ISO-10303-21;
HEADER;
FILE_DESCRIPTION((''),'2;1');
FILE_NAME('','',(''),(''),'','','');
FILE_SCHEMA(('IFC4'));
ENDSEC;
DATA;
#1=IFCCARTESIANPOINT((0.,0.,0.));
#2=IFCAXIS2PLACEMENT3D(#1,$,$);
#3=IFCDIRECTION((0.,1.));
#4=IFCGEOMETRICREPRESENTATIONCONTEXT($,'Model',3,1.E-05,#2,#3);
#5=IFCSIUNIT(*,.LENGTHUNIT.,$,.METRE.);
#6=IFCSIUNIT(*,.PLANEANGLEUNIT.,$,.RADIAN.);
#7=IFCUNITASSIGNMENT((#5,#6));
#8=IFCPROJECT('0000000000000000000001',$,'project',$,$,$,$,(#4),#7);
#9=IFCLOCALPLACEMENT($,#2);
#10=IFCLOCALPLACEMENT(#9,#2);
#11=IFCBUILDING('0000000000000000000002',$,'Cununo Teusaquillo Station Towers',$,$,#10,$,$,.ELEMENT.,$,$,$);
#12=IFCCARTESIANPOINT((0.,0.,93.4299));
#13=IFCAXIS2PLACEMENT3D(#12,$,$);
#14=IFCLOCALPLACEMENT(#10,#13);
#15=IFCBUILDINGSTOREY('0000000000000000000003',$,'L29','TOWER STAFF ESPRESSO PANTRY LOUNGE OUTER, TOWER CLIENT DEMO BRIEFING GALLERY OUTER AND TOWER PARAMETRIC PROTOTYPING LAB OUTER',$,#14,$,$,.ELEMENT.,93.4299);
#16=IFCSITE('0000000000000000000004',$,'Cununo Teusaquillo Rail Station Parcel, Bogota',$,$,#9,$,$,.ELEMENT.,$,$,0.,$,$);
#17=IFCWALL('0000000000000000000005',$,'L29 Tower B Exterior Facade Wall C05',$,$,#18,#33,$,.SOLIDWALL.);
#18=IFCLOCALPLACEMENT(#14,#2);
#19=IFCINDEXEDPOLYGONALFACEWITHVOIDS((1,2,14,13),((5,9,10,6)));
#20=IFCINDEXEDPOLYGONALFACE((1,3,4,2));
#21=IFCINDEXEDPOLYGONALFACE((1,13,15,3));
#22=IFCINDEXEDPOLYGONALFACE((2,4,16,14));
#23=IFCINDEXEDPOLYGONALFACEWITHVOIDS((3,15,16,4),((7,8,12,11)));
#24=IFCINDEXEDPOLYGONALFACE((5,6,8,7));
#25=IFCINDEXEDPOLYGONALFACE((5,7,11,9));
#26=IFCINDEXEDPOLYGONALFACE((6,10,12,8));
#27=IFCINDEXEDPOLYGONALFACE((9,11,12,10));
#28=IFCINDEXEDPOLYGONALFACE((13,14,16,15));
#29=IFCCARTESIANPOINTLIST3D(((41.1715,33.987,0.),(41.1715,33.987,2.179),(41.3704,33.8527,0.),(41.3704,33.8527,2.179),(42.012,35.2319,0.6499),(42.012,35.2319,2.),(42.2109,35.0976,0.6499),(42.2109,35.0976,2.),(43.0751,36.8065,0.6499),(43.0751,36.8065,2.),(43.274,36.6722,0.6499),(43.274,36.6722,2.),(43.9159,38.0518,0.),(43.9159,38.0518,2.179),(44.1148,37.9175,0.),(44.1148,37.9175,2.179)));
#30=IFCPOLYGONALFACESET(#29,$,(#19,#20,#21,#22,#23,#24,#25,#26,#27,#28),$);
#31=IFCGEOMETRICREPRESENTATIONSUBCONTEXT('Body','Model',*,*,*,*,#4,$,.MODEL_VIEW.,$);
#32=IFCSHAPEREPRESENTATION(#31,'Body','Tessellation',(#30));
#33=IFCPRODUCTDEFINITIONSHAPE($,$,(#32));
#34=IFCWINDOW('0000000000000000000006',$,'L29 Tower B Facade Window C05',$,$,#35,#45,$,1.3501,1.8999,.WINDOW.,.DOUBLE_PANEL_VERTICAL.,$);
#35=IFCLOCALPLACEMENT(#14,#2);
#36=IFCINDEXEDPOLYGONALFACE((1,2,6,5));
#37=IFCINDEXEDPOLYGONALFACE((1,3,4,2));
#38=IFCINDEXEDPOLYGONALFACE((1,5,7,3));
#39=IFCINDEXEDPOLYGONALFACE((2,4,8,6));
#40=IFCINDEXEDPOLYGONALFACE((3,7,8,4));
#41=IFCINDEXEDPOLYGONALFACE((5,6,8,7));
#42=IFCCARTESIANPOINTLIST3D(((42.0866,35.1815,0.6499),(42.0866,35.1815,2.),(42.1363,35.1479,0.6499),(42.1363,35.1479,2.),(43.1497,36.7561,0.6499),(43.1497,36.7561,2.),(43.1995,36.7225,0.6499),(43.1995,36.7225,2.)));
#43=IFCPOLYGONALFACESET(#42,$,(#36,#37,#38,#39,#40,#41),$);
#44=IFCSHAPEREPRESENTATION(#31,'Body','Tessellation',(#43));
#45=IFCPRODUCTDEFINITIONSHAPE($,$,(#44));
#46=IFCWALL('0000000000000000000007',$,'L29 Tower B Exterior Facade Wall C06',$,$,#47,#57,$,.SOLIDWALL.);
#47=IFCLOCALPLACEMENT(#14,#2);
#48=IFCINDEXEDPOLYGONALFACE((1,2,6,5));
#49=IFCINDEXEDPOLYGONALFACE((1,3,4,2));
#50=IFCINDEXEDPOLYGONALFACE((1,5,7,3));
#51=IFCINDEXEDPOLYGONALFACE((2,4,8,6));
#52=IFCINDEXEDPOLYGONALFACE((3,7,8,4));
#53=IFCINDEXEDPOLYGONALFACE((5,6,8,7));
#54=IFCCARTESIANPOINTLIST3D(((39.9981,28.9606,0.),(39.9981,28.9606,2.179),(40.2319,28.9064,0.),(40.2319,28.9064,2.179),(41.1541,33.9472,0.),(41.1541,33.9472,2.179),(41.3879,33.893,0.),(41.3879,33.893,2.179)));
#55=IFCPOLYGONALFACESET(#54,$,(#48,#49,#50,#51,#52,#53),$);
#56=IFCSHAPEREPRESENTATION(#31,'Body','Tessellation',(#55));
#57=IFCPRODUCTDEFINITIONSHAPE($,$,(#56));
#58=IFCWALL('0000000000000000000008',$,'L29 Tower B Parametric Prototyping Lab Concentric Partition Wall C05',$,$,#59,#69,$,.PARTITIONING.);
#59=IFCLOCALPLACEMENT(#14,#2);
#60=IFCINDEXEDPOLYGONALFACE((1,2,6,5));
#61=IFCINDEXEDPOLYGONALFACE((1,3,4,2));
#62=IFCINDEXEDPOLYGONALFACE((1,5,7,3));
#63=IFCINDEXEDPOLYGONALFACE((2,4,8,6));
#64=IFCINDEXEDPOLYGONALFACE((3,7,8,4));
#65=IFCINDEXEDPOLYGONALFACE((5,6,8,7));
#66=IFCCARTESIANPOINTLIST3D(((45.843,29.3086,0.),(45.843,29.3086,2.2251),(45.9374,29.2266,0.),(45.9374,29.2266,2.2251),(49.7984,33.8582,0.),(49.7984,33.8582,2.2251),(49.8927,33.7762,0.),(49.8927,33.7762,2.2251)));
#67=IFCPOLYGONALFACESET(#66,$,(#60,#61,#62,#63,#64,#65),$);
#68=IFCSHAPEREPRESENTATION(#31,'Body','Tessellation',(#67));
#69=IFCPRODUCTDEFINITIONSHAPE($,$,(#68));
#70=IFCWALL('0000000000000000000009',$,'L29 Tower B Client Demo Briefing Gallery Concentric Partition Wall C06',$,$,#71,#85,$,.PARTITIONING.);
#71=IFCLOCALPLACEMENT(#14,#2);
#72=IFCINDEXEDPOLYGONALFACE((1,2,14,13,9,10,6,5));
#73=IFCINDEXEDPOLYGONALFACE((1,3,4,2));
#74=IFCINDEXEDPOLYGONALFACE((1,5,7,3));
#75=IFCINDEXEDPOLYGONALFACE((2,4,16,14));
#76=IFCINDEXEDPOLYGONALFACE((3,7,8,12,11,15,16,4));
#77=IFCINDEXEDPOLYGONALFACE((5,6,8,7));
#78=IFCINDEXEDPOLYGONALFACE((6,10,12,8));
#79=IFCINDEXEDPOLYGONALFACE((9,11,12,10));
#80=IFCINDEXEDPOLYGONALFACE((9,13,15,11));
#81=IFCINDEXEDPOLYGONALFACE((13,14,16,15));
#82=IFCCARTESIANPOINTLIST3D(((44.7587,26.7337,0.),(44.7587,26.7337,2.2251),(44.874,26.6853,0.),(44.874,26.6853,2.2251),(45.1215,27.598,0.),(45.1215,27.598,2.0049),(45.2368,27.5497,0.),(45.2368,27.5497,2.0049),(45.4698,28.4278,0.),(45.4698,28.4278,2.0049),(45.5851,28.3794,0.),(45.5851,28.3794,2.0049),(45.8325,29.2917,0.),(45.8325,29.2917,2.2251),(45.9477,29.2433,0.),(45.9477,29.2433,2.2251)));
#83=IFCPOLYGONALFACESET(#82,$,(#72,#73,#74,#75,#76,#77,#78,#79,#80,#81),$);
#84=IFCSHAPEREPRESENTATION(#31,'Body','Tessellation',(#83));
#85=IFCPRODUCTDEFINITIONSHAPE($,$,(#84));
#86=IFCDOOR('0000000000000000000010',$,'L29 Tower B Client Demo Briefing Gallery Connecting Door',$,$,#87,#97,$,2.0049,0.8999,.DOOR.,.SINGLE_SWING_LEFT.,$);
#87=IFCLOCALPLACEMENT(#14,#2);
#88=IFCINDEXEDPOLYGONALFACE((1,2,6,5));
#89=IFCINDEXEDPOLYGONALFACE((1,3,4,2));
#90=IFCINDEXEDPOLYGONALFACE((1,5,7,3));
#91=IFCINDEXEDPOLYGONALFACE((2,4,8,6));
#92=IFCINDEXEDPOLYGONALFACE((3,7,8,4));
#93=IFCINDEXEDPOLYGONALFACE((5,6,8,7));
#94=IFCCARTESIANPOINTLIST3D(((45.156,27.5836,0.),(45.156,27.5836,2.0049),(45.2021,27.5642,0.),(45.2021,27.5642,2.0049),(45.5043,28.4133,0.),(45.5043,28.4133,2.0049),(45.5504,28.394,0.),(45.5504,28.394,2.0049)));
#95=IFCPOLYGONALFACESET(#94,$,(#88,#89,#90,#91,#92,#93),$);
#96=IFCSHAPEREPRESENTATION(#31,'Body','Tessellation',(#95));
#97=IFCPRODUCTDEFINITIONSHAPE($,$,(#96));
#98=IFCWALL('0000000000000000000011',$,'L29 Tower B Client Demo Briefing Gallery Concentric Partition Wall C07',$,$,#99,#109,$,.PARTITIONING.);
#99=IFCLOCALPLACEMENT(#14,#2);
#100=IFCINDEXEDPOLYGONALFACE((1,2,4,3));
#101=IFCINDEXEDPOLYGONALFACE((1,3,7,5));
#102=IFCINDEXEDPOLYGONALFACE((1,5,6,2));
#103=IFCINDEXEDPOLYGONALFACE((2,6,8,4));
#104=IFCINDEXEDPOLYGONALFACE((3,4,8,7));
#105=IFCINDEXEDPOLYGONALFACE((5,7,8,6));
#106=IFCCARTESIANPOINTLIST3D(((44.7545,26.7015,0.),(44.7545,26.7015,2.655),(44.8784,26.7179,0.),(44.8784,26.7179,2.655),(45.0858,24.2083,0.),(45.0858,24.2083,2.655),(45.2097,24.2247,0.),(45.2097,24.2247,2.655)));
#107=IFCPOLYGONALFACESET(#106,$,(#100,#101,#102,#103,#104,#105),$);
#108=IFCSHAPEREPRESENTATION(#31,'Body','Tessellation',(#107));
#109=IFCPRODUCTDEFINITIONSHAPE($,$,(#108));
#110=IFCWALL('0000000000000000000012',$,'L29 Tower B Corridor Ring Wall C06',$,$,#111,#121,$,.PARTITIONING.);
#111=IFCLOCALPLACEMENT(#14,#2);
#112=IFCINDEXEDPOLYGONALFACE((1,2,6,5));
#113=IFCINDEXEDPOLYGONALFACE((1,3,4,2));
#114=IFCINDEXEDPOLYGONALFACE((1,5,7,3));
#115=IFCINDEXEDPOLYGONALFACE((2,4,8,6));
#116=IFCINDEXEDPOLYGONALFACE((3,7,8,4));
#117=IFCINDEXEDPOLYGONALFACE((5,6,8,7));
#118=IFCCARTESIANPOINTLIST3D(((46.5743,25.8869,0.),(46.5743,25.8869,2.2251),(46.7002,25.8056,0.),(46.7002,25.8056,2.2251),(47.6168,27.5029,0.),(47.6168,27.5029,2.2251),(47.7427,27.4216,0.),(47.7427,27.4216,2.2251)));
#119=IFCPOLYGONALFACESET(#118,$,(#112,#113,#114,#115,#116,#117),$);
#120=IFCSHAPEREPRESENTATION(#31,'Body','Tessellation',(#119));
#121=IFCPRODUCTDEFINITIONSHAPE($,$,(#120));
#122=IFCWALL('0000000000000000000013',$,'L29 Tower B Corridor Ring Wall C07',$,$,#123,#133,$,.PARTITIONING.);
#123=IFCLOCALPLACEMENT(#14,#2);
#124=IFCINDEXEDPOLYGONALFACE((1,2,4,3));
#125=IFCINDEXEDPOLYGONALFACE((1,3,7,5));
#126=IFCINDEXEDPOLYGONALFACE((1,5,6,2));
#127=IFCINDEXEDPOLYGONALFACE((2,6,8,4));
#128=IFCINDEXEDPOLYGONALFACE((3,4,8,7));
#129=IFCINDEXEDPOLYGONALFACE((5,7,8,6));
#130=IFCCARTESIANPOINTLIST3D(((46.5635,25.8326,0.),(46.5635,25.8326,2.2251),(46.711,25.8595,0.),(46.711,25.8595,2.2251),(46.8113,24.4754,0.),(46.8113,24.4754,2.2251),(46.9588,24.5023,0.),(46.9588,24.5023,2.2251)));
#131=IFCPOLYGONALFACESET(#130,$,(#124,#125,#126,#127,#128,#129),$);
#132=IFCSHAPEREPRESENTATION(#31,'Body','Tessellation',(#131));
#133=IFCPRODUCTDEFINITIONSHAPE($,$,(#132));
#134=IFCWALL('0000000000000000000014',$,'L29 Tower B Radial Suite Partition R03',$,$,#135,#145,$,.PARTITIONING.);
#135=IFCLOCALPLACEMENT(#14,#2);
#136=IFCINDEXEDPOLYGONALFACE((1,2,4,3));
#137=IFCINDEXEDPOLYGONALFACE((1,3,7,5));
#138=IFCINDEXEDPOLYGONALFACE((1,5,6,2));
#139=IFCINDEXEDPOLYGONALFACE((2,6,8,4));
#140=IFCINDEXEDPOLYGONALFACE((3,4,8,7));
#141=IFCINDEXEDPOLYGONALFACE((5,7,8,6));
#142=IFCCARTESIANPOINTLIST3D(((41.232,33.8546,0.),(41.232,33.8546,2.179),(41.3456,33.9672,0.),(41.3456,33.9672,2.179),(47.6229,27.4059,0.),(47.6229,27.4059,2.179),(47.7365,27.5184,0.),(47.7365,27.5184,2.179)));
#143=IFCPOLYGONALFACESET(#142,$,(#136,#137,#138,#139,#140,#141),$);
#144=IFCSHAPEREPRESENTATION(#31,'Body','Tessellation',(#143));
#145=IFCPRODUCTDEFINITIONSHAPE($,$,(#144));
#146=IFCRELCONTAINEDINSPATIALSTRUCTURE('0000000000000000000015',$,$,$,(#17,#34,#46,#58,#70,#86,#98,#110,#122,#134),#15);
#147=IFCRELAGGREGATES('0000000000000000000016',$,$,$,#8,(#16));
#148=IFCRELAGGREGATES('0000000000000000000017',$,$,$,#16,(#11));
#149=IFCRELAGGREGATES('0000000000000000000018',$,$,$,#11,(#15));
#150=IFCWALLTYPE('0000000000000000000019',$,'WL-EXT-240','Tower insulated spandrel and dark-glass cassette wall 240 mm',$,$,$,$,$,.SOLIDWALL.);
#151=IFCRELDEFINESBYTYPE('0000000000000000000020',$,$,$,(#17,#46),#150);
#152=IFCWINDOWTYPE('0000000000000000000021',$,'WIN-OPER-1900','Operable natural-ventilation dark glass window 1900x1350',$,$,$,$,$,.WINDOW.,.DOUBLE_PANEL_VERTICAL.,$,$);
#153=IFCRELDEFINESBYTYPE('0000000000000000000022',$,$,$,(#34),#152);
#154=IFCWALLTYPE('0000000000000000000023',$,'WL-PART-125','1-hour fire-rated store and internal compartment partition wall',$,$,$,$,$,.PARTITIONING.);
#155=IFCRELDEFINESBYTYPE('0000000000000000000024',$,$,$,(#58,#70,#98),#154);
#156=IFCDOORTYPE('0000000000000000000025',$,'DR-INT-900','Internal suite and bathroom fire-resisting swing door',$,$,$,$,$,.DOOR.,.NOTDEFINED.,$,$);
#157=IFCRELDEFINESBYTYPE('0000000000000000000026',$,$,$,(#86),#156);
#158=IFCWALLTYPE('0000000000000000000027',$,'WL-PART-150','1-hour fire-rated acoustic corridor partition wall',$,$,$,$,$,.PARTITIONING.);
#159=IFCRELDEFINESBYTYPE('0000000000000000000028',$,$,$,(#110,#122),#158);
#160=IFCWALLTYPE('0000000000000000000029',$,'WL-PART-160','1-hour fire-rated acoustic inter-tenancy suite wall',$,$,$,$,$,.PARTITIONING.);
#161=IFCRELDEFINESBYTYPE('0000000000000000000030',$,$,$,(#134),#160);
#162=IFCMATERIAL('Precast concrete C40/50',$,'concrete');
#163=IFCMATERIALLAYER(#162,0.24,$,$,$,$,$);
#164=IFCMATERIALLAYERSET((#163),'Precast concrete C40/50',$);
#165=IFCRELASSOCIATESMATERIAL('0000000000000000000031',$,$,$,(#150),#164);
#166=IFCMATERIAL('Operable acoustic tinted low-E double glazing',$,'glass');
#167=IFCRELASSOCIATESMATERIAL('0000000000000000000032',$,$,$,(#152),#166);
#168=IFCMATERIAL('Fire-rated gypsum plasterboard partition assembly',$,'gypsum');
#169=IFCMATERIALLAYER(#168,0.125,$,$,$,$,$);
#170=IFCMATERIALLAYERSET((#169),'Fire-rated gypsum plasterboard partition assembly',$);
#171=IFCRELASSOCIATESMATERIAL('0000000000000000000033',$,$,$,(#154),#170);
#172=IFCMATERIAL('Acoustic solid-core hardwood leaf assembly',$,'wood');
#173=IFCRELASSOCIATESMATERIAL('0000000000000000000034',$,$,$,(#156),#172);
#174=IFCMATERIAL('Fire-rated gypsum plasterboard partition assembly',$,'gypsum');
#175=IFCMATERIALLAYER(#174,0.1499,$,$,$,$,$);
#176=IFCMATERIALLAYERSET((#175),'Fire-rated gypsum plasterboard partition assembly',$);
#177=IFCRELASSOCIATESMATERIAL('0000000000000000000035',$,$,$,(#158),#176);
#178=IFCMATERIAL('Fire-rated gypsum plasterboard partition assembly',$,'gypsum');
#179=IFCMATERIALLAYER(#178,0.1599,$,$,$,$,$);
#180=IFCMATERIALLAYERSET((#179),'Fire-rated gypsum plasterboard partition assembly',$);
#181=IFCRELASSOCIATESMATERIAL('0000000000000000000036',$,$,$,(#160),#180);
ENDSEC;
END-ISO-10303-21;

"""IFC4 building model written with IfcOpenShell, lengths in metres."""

from ifc_helpers import new_model, si_unit, direction, frame, frame_2d, origin, place, context, subcontext, project, spatial, rectangle, extrude, source, transform, mapped, material, layer, layer_set, type_object, element, fill, save


model = new_model("IFC4")

# Units and contexts
model_context = context("Model", 3, precision=1e-05, world=origin(), true_north=direction((0.0, 1.0)))
body_context = subcontext(model_context, "Body", "Model", "MODEL_VIEW")
ifc_project = project(units=[si_unit("LENGTHUNIT", "METRE"), si_unit("PLANEANGLEUNIT", "RADIAN")], contexts=[model_context])

# Site, building, storey
site_placement = place(None, origin())
site = spatial("IfcSite", under=ifc_project, at=site_placement, Name="Cununo Teusaquillo Rail Station Parcel, Bogota", CompositionType="ELEMENT", RefElevation=0.0)
building_placement = place(site_placement, origin())
building = spatial("IfcBuilding", under=site, at=building_placement, Name="Cununo Teusaquillo Station Towers", CompositionType="ELEMENT")
storey_placement = place(building_placement, frame((0.0, 0.0, 93.4299)))
storey = spatial("IfcBuildingStorey", under=building, at=storey_placement, Name="L29", Description="TOWER STAFF ESPRESSO PANTRY LOUNGE OUTER, TOWER CLIENT DEMO BRIEFING GALLERY OUTER AND TOWER PARAMETRIC PROTOTYPING LAB OUTER", CompositionType="ELEMENT", Elevation=93.4299)

# Shared definitions
ifc_material_1 = material(Name="Precast concrete C40/50", Category="concrete")
ifc_layer_1 = layer(ifc_material_1, 0.24)
ifc_layer_set_1 = layer_set([ifc_layer_1], Name="Precast concrete C40/50")
wall_type_1 = type_object("IfcWallType", Name="WL-EXT-240", Description="Tower insulated spandrel and dark-glass cassette wall 240 mm", PredefinedType="SOLIDWALL", material=ifc_layer_set_1)
shared_shape_1 = source(origin(), body_context, "Body", "SweptSolid", [
    extrude(rectangle(XDim=1.8999, YDim=1.3501, at=frame_2d((0.95, 0.675))), frame((0.0, 0.1299, 0.0), z_axis=(0.0, -1.0, 0.0), x_axis=(1.0, 0.0, 0.0)), (0.0, 0.0, 1.0), 0.26),
])
ifc_material_2 = material(Name="Operable acoustic tinted low-E double glazing", Category="glass")
window_type = type_object("IfcWindowType", Name="WIN-OPER-1900", Description="Operable natural-ventilation dark glass window 1900x1350", PartitioningType="DOUBLE_PANEL_VERTICAL", PredefinedType="WINDOW", material=ifc_material_2)
shared_shape_2 = source(origin(), body_context, "Body", "SweptSolid", [
    extrude(rectangle(XDim=1.8999, YDim=1.3501, at=frame_2d((0.95, 0.675))), frame((0.0, 0.03, 0.0), z_axis=(0.0, -1.0, 0.0), x_axis=(1.0, 0.0, 0.0)), (0.0, 0.0, 1.0), 0.0601),
])

# Wall, opening, window
wall_1_placement = place(storey_placement, frame((41.271, 33.9199, 0.0), z_axis=(0.0, 0.0, 1.0), x_axis=(0.559573, 0.828781, 0.0)))
wall_1 = element("IfcWall", 1, at=wall_1_placement, inside=storey, type_object=wall_type_1, Name="L29 Tower B Exterior Facade Wall C05", PredefinedType="SOLIDWALL", context=body_context, shape_type="SweptSolid", body=[
    extrude(rectangle(XDim=4.9045, YDim=0.24, at=frame_2d((2.4521, 0.0))), origin(), (0.0, 0.0, 1.0), 2.179),
])
opening_1_placement = place(wall_1_placement, frame((1.502, 0.0, 0.6499)))
opening_1 = element("IfcOpeningElement", 2, at=opening_1_placement, cuts=wall_1, PredefinedType="OPENING", context=body_context, shape_type="MappedRepresentation", body=[
    mapped(shared_shape_1, transform((0.0, 0.0, 0.0), x_axis=(1.0, 0.0, 0.0), y_axis=(0.0, 1.0, 0.0), z_axis=(0.0, 0.0, 1.0), scale=1.0)),
])
window_1_placement = place(opening_1_placement, origin())
window_1 = element("IfcWindow", 3, at=window_1_placement, inside=storey, type_object=window_type, Name="L29 Tower B Facade Window C05", OverallHeight=1.3501, OverallWidth=1.8999, PartitioningType="DOUBLE_PANEL_VERTICAL", PredefinedType="WINDOW", context=body_context, shape_type="MappedRepresentation", body=[
    mapped(shared_shape_2, transform((0.0, 0.0, 0.0), x_axis=(1.0, 0.0, 0.0), y_axis=(0.0, 1.0, 0.0), z_axis=(0.0, 0.0, 1.0), scale=1.0)),
])
fill(opening_1, window_1)

# Walls
wall_2_placement = place(storey_placement, frame((40.115, 28.9333, 0.0), z_axis=(0.0, 0.0, 1.0), x_axis=(0.225835, 0.974166, 0.0)))
element("IfcWall", 4, at=wall_2_placement, inside=storey, type_object=wall_type_1, Name="L29 Tower B Exterior Facade Wall C06", PredefinedType="SOLIDWALL", context=body_context, shape_type="SweptSolid", body=[
    extrude(rectangle(XDim=5.1189, YDim=0.24, at=frame_2d((2.5596, 0.0))), origin(), (0.0, 0.0, 1.0), 2.179),
])
ifc_material_3 = material(Name="Fire-rated gypsum plasterboard partition assembly", Category="gypsum")
ifc_layer_2 = layer(ifc_material_3, 0.125)
ifc_layer_set_2 = layer_set([ifc_layer_2], Name="Fire-rated gypsum plasterboard partition assembly")
wall_type_2 = type_object("IfcWallType", Name="WL-PART-125", Description="1-hour fire-rated store and internal compartment partition wall", PredefinedType="PARTITIONING", material=ifc_layer_set_2)
wall_3_placement = place(storey_placement, frame((49.8455, 33.8171, 0.0), z_axis=(0.0, 0.0, 1.0), x_axis=(-0.656102, -0.754673, 0.0)))
element("IfcWall", 5, at=wall_3_placement, inside=storey, type_object=wall_type_2, Name="L29 Tower B Parametric Prototyping Lab Concentric Partition Wall C05", PredefinedType="PARTITIONING", context=body_context, shape_type="SweptSolid", body=[
    extrude(rectangle(XDim=6.0286, YDim=0.125, at=frame_2d((3.0142, 0.0))), origin(), (0.0, 0.0, 1.0), 2.2251),
])

# Wall, opening, door
wall_4_placement = place(storey_placement, frame((45.8901, 29.2676, 0.0), z_axis=(0.0, 0.0, 1.0), x_axis=(-0.387057, -0.922056, 0.0)))
wall_4 = element("IfcWall", 6, at=wall_4_placement, inside=storey, type_object=wall_type_2, Name="L29 Tower B Client Demo Briefing Gallery Concentric Partition Wall C06", PredefinedType="PARTITIONING", context=body_context, shape_type="SweptSolid", body=[
    extrude(rectangle(XDim=2.7742, YDim=0.125, at=frame_2d((1.3872, 0.0))), origin(), (0.0, 0.0, 1.0), 2.2251),
])
shared_shape_3 = source(origin(), body_context, "Body", "SweptSolid", [
    extrude(rectangle(XDim=0.8999, YDim=2.0049, at=frame_2d((0.45, 1.0024))), frame((0.0, 0.0725, 0.0), z_axis=(0.0, -1.0, 0.0), x_axis=(1.0, 0.0, 0.0)), (0.0, 0.0, 1.0), 0.145),
])
opening_2_placement = place(wall_4_placement, frame((0.937, 0.0, 0.0)))
opening_2 = element("IfcOpeningElement", 7, at=opening_2_placement, cuts=wall_4, PredefinedType="OPENING", context=body_context, shape_type="MappedRepresentation", body=[
    mapped(shared_shape_3, transform((0.0, 0.0, 0.0), x_axis=(1.0, 0.0, 0.0), y_axis=(0.0, 1.0, 0.0), z_axis=(0.0, 0.0, 1.0), scale=1.0)),
])
ifc_material_4 = material(Name="Acoustic solid-core hardwood leaf assembly", Category="wood")
door_type = type_object("IfcDoorType", Name="DR-INT-900", Description="Internal suite and bathroom fire-resisting swing door", OperationType="NOTDEFINED", PredefinedType="DOOR", material=ifc_material_4)
shared_shape_4 = source(origin(), body_context, "Body", "SweptSolid", [
    extrude(rectangle(XDim=0.8999, YDim=2.0049, at=frame_2d((0.45, 1.0024))), frame((0.0, 0.0249, 0.0), z_axis=(0.0, -1.0, 0.0), x_axis=(1.0, 0.0, 0.0)), (0.0, 0.0, 1.0), 0.05),
])
door_placement = place(opening_2_placement, origin())
door = element("IfcDoor", 8, at=door_placement, inside=storey, type_object=door_type, Name="L29 Tower B Client Demo Briefing Gallery Connecting Door", OperationType="SINGLE_SWING_LEFT", OverallHeight=2.0049, OverallWidth=0.8999, PredefinedType="DOOR", context=body_context, shape_type="MappedRepresentation", body=[
    mapped(shared_shape_4, transform((0.0, 0.0, 0.0), x_axis=(1.0, 0.0, 0.0), y_axis=(0.0, 1.0, 0.0), z_axis=(0.0, 0.0, 1.0), scale=1.0)),
])
fill(opening_2, door)

# Walls
wall_5_placement = place(storey_placement, frame((44.8164, 26.7097, 0.0), z_axis=(0.0, 0.0, 1.0), x_axis=(0.131725, -0.991286, 0.0)))
element("IfcWall", 9, at=wall_5_placement, inside=storey, type_object=wall_type_2, Name="L29 Tower B Client Demo Briefing Gallery Concentric Partition Wall C07", PredefinedType="PARTITIONING", context=body_context, shape_type="SweptSolid", body=[
    extrude(rectangle(XDim=2.5151, YDim=0.125, at=frame_2d((1.2576, 0.0))), origin(), (0.0, 0.0, 1.0), 2.655),
])
ifc_material_5 = material(Name="Fire-rated gypsum plasterboard partition assembly", Category="gypsum")
ifc_layer_3 = layer(ifc_material_5, 0.1499)
ifc_layer_set_3 = layer_set([ifc_layer_3], Name="Fire-rated gypsum plasterboard partition assembly")
wall_type_3 = type_object("IfcWallType", Name="WL-PART-150", Description="1-hour fire-rated acoustic corridor partition wall", PredefinedType="PARTITIONING", material=ifc_layer_set_3)
wall_6_placement = place(storey_placement, frame((47.6797, 27.4622, 0.0), z_axis=(0.0, 0.0, 1.0), x_axis=(-0.542098, -0.840315, 0.0)))
element("IfcWall", 10, at=wall_6_placement, inside=storey, type_object=wall_type_3, Name="L29 Tower B Corridor Ring Wall C06", PredefinedType="PARTITIONING", context=body_context, shape_type="SweptSolid", body=[
    extrude(rectangle(XDim=1.9231, YDim=0.1499, at=frame_2d((0.9614, 0.0))), origin(), (0.0, 0.0, 1.0), 2.2251),
])
wall_7_placement = place(storey_placement, frame((46.6372, 25.8462, 0.0), z_axis=(0.0, 0.0, 1.0), x_axis=(0.179617, -0.983737, 0.0)))
element("IfcWall", 11, at=wall_7_placement, inside=storey, type_object=wall_type_3, Name="L29 Tower B Corridor Ring Wall C07", PredefinedType="PARTITIONING", context=body_context, shape_type="SweptSolid", body=[
    extrude(rectangle(XDim=1.3796, YDim=0.1499, at=frame_2d((0.6899, 0.0))), origin(), (0.0, 0.0, 1.0), 2.2251),
])
ifc_material_6 = material(Name="Fire-rated gypsum plasterboard partition assembly", Category="gypsum")
ifc_layer_4 = layer(ifc_material_6, 0.1599)
ifc_layer_set_4 = layer_set([ifc_layer_4], Name="Fire-rated gypsum plasterboard partition assembly")
wall_type_4 = type_object("IfcWallType", Name="WL-PART-160", Description="1-hour fire-rated acoustic inter-tenancy suite wall", PredefinedType="PARTITIONING", material=ifc_layer_set_4)
wall_8_placement = place(storey_placement, frame((47.6797, 27.4622, 0.0), z_axis=(0.0, 0.0, 1.0), x_axis=(-0.703913, 0.710286, 0.0)))
element("IfcWall", 12, at=wall_8_placement, inside=storey, type_object=wall_type_4, Name="L29 Tower B Radial Suite Partition R03", PredefinedType="PARTITIONING", context=body_context, shape_type="SweptSolid", body=[
    extrude(rectangle(XDim=9.0791, YDim=0.1599, at=frame_2d((4.5396, 0.0))), origin(), (0.0, 0.0, 1.0), 2.179),
])

save(model, "model.ifc")
